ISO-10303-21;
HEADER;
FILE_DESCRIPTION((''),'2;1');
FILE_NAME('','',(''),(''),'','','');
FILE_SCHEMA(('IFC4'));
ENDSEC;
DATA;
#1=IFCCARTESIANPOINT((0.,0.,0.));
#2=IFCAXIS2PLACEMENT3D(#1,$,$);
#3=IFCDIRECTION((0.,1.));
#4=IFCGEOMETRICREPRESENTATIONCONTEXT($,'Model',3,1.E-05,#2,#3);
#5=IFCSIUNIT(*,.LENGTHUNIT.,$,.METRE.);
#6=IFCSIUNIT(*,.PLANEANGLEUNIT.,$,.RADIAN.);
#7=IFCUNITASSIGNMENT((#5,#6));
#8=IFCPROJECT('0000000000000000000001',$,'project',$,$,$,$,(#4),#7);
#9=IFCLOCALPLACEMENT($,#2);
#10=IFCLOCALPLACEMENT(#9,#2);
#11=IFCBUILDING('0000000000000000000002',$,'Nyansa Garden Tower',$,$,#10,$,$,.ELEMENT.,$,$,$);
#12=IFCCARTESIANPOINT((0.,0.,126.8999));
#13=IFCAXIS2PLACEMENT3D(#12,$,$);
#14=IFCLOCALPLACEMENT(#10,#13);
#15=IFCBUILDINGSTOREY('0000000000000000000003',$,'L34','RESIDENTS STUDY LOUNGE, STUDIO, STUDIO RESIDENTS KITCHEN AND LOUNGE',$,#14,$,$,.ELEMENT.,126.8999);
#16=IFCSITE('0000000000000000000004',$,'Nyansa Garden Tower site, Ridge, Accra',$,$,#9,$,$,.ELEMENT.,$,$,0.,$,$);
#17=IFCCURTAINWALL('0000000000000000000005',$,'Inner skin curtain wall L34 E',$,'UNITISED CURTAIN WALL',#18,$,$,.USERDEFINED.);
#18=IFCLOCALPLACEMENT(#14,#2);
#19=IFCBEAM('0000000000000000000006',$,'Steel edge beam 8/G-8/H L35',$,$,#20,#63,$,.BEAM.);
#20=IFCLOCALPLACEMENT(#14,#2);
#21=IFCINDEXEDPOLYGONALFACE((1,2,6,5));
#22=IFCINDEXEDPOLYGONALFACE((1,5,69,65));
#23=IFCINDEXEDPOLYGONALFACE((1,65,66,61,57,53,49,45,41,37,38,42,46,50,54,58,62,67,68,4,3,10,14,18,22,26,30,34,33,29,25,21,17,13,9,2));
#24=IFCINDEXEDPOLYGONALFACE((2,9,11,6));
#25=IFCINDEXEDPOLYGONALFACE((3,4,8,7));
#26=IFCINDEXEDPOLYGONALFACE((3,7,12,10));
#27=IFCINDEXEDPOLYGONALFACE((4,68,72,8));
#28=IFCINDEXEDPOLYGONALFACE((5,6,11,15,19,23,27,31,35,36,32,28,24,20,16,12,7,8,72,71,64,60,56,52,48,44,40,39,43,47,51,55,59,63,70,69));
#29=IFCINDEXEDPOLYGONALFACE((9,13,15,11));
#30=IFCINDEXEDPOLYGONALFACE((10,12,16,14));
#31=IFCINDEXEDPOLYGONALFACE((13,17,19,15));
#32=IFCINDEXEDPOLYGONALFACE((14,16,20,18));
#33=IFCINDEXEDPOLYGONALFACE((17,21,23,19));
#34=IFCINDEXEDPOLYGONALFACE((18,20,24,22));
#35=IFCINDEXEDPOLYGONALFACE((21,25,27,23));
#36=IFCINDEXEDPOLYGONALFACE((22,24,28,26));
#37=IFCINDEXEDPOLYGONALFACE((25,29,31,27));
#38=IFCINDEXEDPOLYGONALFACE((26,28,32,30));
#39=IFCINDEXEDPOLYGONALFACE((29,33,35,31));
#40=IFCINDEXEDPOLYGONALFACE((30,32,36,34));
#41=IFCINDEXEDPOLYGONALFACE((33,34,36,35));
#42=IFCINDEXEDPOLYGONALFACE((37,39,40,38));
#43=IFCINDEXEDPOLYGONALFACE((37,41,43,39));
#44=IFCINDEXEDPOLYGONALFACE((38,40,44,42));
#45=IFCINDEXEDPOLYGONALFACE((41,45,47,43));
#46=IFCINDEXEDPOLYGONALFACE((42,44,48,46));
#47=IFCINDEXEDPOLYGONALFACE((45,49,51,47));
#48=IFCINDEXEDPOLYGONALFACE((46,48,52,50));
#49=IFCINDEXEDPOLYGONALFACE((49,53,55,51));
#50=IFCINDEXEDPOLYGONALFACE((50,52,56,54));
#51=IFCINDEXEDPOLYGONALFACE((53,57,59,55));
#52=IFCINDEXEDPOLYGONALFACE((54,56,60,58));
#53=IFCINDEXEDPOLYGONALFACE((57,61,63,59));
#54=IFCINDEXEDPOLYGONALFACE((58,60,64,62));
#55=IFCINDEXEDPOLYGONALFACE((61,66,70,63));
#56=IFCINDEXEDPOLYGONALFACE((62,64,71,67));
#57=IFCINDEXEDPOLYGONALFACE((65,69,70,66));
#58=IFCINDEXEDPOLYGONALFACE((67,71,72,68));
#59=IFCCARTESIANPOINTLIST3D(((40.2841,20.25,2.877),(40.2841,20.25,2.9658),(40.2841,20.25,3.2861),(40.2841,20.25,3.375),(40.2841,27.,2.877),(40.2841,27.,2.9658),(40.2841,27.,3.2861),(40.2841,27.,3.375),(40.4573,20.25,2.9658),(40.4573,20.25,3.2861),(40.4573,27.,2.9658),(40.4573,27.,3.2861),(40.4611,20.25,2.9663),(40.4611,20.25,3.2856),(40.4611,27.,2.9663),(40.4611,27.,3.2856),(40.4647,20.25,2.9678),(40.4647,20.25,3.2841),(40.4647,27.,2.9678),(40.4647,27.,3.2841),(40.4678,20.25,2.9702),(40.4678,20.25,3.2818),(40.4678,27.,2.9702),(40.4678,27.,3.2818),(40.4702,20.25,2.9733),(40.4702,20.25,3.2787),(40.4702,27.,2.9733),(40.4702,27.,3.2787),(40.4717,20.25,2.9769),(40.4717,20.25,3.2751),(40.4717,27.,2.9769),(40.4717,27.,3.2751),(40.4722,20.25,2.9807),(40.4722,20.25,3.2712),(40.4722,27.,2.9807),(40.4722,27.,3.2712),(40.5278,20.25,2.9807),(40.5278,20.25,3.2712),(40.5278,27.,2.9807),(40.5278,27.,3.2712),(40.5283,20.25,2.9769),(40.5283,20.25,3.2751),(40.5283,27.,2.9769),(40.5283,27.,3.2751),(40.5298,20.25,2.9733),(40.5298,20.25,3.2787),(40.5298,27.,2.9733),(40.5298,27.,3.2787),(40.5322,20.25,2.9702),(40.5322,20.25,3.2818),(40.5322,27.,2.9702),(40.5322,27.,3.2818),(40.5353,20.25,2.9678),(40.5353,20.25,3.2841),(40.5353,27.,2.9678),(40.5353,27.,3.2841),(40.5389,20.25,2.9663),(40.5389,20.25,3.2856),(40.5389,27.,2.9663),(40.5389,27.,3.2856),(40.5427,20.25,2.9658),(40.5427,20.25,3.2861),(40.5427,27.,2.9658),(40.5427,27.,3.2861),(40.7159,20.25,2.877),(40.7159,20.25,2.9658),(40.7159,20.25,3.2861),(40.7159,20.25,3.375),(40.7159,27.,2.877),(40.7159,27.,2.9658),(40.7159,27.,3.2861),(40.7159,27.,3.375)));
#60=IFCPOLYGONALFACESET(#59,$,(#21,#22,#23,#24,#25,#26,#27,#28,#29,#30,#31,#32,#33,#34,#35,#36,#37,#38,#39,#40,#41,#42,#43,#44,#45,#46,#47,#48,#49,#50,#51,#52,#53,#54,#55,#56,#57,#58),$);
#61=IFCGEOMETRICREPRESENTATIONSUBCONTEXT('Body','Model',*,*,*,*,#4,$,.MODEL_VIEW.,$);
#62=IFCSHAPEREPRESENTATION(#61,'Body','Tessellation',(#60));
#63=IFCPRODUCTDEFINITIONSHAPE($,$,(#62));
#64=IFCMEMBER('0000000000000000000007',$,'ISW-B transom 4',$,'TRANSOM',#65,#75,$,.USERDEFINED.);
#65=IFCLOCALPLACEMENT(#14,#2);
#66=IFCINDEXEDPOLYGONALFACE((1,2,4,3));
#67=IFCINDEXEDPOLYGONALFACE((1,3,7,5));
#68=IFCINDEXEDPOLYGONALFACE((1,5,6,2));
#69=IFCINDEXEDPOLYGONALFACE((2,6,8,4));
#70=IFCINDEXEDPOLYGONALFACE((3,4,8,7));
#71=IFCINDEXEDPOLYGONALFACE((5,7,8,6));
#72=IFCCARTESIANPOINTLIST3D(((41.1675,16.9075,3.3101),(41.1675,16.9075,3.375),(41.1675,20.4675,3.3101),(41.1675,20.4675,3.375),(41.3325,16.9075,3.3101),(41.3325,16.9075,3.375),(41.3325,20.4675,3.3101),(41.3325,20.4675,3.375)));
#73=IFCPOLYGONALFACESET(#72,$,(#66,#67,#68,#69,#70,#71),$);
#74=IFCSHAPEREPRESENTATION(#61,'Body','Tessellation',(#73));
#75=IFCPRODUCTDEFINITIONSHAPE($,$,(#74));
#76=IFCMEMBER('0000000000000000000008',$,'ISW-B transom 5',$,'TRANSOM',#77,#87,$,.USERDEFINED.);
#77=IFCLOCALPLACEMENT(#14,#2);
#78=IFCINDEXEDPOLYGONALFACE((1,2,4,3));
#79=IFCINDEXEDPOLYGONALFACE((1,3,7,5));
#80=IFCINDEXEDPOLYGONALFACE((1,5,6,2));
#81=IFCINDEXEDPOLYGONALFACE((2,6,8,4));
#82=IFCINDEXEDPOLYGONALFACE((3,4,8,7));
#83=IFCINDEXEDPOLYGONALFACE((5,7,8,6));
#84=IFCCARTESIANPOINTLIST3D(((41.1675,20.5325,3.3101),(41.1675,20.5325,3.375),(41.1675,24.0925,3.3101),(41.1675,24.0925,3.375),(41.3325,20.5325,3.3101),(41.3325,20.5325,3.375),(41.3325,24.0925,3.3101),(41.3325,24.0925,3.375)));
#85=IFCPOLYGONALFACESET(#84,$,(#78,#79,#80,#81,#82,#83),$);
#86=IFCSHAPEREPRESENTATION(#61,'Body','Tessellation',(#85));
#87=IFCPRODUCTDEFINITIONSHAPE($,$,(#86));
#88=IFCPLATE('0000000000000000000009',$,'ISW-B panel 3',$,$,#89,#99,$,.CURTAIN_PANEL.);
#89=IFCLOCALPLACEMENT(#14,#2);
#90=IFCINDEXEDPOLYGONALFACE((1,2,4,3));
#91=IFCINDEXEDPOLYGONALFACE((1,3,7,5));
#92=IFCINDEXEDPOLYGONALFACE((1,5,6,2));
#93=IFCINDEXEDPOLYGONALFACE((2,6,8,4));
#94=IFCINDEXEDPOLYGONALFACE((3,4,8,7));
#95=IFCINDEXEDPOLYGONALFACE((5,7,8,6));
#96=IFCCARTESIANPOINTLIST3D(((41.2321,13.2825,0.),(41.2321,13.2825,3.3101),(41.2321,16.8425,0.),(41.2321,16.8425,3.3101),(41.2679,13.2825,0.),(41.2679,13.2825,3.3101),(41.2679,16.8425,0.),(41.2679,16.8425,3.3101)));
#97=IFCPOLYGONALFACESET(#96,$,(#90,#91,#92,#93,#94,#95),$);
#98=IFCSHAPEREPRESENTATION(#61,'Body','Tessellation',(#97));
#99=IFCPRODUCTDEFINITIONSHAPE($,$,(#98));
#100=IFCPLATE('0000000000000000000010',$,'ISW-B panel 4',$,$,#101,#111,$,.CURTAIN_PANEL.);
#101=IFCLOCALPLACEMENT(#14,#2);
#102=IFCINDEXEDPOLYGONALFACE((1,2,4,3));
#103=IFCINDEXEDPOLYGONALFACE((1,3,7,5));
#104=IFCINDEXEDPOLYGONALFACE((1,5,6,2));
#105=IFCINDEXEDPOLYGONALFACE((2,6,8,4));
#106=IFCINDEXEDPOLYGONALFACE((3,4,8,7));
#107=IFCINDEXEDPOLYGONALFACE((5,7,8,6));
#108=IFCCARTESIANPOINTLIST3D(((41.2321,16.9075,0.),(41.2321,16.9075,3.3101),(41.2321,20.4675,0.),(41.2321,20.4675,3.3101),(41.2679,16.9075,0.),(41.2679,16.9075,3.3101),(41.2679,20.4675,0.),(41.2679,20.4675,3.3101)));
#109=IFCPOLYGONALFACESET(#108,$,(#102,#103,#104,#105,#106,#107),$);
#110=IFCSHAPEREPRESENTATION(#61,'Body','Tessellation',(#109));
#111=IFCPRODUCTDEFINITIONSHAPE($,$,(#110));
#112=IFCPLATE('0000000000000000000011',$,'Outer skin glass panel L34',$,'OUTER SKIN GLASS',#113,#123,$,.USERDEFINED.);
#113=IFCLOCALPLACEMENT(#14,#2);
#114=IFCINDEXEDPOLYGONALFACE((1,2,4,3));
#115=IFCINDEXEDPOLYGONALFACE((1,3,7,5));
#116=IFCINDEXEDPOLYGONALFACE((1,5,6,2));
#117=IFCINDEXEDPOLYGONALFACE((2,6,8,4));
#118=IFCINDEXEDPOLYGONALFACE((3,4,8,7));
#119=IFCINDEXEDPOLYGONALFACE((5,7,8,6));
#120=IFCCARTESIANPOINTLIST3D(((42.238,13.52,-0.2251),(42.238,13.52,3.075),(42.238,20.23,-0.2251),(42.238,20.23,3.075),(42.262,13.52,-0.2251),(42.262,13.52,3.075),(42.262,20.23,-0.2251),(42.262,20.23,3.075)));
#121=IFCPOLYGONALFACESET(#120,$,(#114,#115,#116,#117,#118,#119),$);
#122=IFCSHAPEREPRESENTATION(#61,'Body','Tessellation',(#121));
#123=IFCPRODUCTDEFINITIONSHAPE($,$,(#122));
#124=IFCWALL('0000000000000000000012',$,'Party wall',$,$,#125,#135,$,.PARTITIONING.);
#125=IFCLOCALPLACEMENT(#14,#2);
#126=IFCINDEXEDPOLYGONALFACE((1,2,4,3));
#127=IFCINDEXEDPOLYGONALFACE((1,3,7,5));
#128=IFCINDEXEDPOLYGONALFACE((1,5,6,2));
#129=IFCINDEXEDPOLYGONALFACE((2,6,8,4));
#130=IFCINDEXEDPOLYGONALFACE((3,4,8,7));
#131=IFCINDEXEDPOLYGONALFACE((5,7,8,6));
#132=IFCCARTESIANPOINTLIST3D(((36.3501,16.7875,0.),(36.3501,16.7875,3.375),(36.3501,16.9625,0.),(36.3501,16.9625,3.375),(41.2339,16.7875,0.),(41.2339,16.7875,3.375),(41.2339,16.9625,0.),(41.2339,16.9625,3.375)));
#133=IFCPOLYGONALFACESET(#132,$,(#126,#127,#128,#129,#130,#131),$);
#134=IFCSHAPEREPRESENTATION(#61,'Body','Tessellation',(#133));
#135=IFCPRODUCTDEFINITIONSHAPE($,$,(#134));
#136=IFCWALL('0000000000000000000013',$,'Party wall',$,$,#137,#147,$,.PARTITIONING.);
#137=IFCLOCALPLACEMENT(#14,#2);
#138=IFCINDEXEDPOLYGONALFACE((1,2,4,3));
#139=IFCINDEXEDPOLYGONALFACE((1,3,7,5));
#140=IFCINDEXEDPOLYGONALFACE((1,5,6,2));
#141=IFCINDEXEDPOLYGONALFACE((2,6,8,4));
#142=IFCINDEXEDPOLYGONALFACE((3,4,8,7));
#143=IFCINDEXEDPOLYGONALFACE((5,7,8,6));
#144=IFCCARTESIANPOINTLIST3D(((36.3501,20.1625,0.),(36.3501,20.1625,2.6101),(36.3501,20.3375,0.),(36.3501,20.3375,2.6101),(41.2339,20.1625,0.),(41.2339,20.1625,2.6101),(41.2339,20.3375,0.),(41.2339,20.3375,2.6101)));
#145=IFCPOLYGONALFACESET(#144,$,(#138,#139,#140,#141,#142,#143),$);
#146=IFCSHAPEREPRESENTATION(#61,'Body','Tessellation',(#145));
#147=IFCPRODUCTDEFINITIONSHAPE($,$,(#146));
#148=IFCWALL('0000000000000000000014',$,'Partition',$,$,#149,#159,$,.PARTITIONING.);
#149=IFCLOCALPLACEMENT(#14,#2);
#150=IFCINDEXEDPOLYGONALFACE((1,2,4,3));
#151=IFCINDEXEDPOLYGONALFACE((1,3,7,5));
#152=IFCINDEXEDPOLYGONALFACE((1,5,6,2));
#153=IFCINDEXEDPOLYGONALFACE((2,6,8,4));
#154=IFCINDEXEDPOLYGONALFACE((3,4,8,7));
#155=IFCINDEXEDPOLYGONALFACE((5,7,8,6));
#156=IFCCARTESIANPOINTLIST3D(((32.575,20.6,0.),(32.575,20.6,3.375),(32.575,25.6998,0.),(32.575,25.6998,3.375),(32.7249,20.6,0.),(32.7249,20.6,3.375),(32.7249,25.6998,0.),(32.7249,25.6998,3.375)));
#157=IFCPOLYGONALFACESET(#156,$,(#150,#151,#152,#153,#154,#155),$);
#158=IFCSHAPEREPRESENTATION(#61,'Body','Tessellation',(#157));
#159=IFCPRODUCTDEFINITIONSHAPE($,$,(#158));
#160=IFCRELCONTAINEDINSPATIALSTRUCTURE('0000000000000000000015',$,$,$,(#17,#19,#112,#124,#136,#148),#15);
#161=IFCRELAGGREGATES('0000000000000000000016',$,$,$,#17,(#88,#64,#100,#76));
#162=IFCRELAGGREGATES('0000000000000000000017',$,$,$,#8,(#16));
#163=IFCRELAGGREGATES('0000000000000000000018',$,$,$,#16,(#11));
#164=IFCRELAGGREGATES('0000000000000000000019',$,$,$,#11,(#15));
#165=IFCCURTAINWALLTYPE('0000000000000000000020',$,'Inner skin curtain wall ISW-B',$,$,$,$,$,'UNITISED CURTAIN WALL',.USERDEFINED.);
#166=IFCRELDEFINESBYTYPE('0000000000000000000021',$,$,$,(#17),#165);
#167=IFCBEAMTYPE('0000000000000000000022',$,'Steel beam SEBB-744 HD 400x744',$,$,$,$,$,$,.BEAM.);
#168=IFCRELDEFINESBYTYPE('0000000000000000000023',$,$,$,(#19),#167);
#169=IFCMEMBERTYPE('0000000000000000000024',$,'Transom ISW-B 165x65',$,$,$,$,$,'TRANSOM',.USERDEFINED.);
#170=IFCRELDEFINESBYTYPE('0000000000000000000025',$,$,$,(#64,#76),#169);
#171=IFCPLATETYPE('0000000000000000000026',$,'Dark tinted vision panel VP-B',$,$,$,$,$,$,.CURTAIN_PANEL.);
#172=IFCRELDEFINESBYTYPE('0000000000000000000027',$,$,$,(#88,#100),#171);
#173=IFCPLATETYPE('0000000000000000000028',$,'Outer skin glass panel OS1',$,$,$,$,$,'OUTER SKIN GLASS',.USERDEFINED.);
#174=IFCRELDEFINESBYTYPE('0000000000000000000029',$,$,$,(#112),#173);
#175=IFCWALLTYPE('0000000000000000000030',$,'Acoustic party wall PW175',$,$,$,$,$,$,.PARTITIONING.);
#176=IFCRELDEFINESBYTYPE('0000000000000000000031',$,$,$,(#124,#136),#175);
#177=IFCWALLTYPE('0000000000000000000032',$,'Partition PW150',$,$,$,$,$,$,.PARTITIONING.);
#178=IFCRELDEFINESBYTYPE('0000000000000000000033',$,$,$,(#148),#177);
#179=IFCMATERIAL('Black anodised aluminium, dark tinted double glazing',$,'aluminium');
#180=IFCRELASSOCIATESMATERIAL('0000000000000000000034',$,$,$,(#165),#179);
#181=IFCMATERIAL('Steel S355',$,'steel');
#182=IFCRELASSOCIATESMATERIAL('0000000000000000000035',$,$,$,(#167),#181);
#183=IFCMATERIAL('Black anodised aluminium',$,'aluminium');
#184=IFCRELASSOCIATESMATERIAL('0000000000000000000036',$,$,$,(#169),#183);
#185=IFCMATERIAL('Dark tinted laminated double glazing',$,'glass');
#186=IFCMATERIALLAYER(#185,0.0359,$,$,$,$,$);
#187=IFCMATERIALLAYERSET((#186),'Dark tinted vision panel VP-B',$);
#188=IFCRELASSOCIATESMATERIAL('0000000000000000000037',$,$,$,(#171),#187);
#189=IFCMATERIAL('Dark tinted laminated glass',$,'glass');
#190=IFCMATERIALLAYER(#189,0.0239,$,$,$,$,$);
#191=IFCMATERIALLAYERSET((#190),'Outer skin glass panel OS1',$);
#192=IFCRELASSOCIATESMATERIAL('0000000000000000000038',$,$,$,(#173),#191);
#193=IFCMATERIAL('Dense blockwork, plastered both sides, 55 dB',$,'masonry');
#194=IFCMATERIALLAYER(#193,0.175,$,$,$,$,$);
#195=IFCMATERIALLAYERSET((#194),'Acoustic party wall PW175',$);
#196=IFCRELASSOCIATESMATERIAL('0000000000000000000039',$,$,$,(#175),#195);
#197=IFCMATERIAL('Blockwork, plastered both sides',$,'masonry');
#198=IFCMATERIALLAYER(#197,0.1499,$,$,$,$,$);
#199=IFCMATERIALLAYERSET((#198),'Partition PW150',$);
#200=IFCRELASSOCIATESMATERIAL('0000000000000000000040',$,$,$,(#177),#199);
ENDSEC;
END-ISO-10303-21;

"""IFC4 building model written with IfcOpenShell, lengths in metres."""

from ifc_helpers import new_model, si_unit, direction, frame, frame_2d, origin, origin_2d, place, context, subcontext, project, spatial, rectangle, i_section, extrude, material, layer, layer_set, material_profile, profile_set, type_object, element, aggregate, save


model = new_model("IFC4")

# Units and contexts
model_context = context("Model", 3, precision=1e-05, world=origin(), true_north=direction((0.0, 1.0)))
body_context = subcontext(model_context, "Body", "Model", "MODEL_VIEW")
ifc_project = project(units=[si_unit("LENGTHUNIT", "METRE"), si_unit("PLANEANGLEUNIT", "RADIAN")], contexts=[model_context])

# Site, building, storey
site_placement = place(None, origin())
site = spatial("IfcSite", under=ifc_project, at=site_placement, Name="Nyansa Garden Tower site, Ridge, Accra", CompositionType="ELEMENT", RefElevation=0.0)
building_placement = place(site_placement, origin())
building = spatial("IfcBuilding", under=site, at=building_placement, Name="Nyansa Garden Tower", CompositionType="ELEMENT")
storey_placement = place(building_placement, frame((0.0, 0.0, 126.8999)))
storey = spatial("IfcBuildingStorey", under=building, at=storey_placement, Name="L34", Description="RESIDENTS STUDY LOUNGE, STUDIO, STUDIO RESIDENTS KITCHEN AND LOUNGE", CompositionType="ELEMENT", Elevation=126.8999)

# Curtain wall
ifc_material_1 = material(Name="Black anodised aluminium, dark tinted double glazing", Category="aluminium")
curtain_wall_type = type_object("IfcCurtainWallType", Name="Inner skin curtain wall ISW-B", ElementType="UNITISED CURTAIN WALL", PredefinedType="USERDEFINED", material=ifc_material_1)
curtain_wall_placement = place(storey_placement, origin())
curtain_wall = element("IfcCurtainWall", 1, at=curtain_wall_placement, inside=storey, type_object=curtain_wall_type, Name="Inner skin curtain wall L34 E", ObjectType="UNITISED CURTAIN WALL", PredefinedType="USERDEFINED")

# Beam
ifc_material_2 = material(Name="Steel S355", Category="steel")
ifc_material_profile_1 = material_profile(ifc_material_2, i_section(OverallWidth=0.4319, OverallDepth=0.498, WebThickness=0.0557, FlangeThickness=0.0889, FilletRadius=0.0149, at=origin_2d()), Name="HD 400x744")
ifc_profile_set_1 = profile_set([ifc_material_profile_1], Name="Steel S355")
beam_type_1 = type_object("IfcBeamType", Name="Steel beam SEBB-744 HD 400x744", PredefinedType="BEAM", material=ifc_profile_set_1)
beam_1_placement = place(storey_placement, frame((40.5, 20.25, 3.126), z_axis=(0.0, 1.0, 0.0), x_axis=(-1.0, 0.0, 0.0)))
element("IfcBeam", 2, at=beam_1_placement, inside=storey, type_object=beam_type_1, Name="Steel edge beam 8/G-8/H L35", PredefinedType="BEAM", context=body_context, shape_type="SweptSolid", body=[
    extrude(i_section(OverallWidth=0.4319, OverallDepth=0.498, WebThickness=0.0557, FlangeThickness=0.0889, FilletRadius=0.0149, at=origin_2d()), origin(), (0.0, 0.0, 1.0), 6.75),
])

# Members
ifc_material_3 = material(Name="Black anodised aluminium", Category="aluminium")
ifc_material_profile_2 = material_profile(ifc_material_3, rectangle(XDim=0.165, YDim=0.0649, at=origin_2d()), Name="Transom 165x65")
ifc_profile_set_2 = profile_set([ifc_material_profile_2], Name="Black anodised aluminium")
member_type_1 = type_object("IfcMemberType", Name="Transom ISW-B 165x65", ElementType="TRANSOM", PredefinedType="USERDEFINED", material=ifc_profile_set_2)
member_1_placement = place(storey_placement, frame((41.25, 16.9075, 3.3425), z_axis=(0.0, 1.0, 0.0), x_axis=(-1.0, 0.0, 0.0)))
member_1 = element("IfcMember", 3, at=member_1_placement, type_object=member_type_1, Name="ISW-B transom 4", ObjectType="TRANSOM", PredefinedType="USERDEFINED", context=body_context, shape_type="SweptSolid", body=[
    extrude(rectangle(XDim=0.165, YDim=0.0649, at=origin_2d()), origin(), (0.0, 0.0, 1.0), 3.5601),
])
member_2_placement = place(storey_placement, frame((41.25, 20.5325, 3.3425), z_axis=(0.0, 1.0, 0.0), x_axis=(-1.0, 0.0, 0.0)))
member_2 = element("IfcMember", 4, at=member_2_placement, type_object=member_type_1, Name="ISW-B transom 5", ObjectType="TRANSOM", PredefinedType="USERDEFINED", context=body_context, shape_type="SweptSolid", body=[
    extrude(rectangle(XDim=0.165, YDim=0.0649, at=origin_2d()), origin(), (0.0, 0.0, 1.0), 3.5601),
])

# Plates
ifc_material_4 = material(Name="Dark tinted laminated double glazing", Category="glass")
ifc_layer_1 = layer(ifc_material_4, 0.0359)
ifc_layer_set_1 = layer_set([ifc_layer_1], Name="Dark tinted vision panel VP-B")
plate_type_1 = type_object("IfcPlateType", Name="Dark tinted vision panel VP-B", PredefinedType="CURTAIN_PANEL", material=ifc_layer_set_1)
plate_1_placement = place(storey_placement, frame((41.25, 15.0625, 0.0), z_axis=(0.0, 0.0, 1.0), x_axis=(0.0, 1.0, 0.0)))
plate_1 = element("IfcPlate", 5, at=plate_1_placement, type_object=plate_type_1, Name="ISW-B panel 3", PredefinedType="CURTAIN_PANEL", context=body_context, shape_type="SweptSolid", body=[
    extrude(rectangle(XDim=3.5601, YDim=0.0359, at=origin_2d()), origin(), (0.0, 0.0, 1.0), 3.3101),
])
plate_2_placement = place(storey_placement, frame((41.25, 18.6875, 0.0), z_axis=(0.0, 0.0, 1.0), x_axis=(0.0, 1.0, 0.0)))
plate_2 = element("IfcPlate", 6, at=plate_2_placement, type_object=plate_type_1, Name="ISW-B panel 4", PredefinedType="CURTAIN_PANEL", context=body_context, shape_type="SweptSolid", body=[
    extrude(rectangle(XDim=3.5601, YDim=0.0359, at=origin_2d()), origin(), (0.0, 0.0, 1.0), 3.3101),
])
aggregate(curtain_wall, [plate_1, member_1, plate_2, member_2])
ifc_material_5 = material(Name="Dark tinted laminated glass", Category="glass")
ifc_layer_2 = layer(ifc_material_5, 0.0239)
ifc_layer_set_2 = layer_set([ifc_layer_2], Name="Outer skin glass panel OS1")
plate_type_2 = type_object("IfcPlateType", Name="Outer skin glass panel OS1", ElementType="OUTER SKIN GLASS", PredefinedType="USERDEFINED", material=ifc_layer_set_2)
plate_3_placement = place(storey_placement, frame((42.25, 16.875, -0.2251), z_axis=(0.0, 0.0, 1.0), x_axis=(0.0, 1.0, 0.0)))
element("IfcPlate", 7, at=plate_3_placement, inside=storey, type_object=plate_type_2, Name="Outer skin glass panel L34", ObjectType="OUTER SKIN GLASS", PredefinedType="USERDEFINED", context=body_context, shape_type="SweptSolid", body=[
    extrude(rectangle(XDim=6.71, YDim=0.0239, at=origin_2d()), origin(), (0.0, 0.0, 1.0), 3.3),
])

# Walls
ifc_material_6 = material(Name="Dense blockwork, plastered both sides, 55 dB", Category="masonry")
ifc_layer_3 = layer(ifc_material_6, 0.175)
ifc_layer_set_3 = layer_set([ifc_layer_3], Name="Acoustic party wall PW175")
wall_type_1 = type_object("IfcWallType", Name="Acoustic party wall PW175", PredefinedType="PARTITIONING", material=ifc_layer_set_3)
wall_1_placement = place(storey_placement, frame((36.3501, 16.875, 0.0), z_axis=(0.0, 0.0, 1.0), x_axis=(1.0, 0.0, 0.0)))
element("IfcWall", 8, at=wall_1_placement, inside=storey, type_object=wall_type_1, Name="Party wall", PredefinedType="PARTITIONING", context=body_context, shape_type="SweptSolid", body=[
    extrude(rectangle(XDim=4.8838, YDim=0.175, at=frame_2d((2.4419, 0.0))), origin(), (0.0, 0.0, 1.0), 3.375),
])
wall_2_placement = place(storey_placement, frame((36.3501, 20.25, 0.0), z_axis=(0.0, 0.0, 1.0), x_axis=(1.0, 0.0, 0.0)))
element("IfcWall", 9, at=wall_2_placement, inside=storey, type_object=wall_type_1, Name="Party wall", PredefinedType="PARTITIONING", context=body_context, shape_type="SweptSolid", body=[
    extrude(rectangle(XDim=4.8838, YDim=0.175, at=frame_2d((2.4419, 0.0))), origin(), (0.0, 0.0, 1.0), 2.6101),
])
ifc_material_7 = material(Name="Blockwork, plastered both sides", Category="masonry")
ifc_layer_4 = layer(ifc_material_7, 0.1499)
ifc_layer_set_4 = layer_set([ifc_layer_4], Name="Partition PW150")
wall_type_2 = type_object("IfcWallType", Name="Partition PW150", PredefinedType="PARTITIONING", material=ifc_layer_set_4)
wall_3_placement = place(storey_placement, frame((32.6499, 20.6001, 0.0), z_axis=(0.0, 0.0, 1.0), x_axis=(0.0, 1.0, 0.0)))
element("IfcWall", 10, at=wall_3_placement, inside=storey, type_object=wall_type_2, Name="Partition", PredefinedType="PARTITIONING", context=body_context, shape_type="SweptSolid", body=[
    extrude(rectangle(XDim=5.0999, YDim=0.1499, at=frame_2d((2.5498, 0.0))), origin(), (0.0, 0.0, 1.0), 3.375),
])

save(model, "model.ifc")
